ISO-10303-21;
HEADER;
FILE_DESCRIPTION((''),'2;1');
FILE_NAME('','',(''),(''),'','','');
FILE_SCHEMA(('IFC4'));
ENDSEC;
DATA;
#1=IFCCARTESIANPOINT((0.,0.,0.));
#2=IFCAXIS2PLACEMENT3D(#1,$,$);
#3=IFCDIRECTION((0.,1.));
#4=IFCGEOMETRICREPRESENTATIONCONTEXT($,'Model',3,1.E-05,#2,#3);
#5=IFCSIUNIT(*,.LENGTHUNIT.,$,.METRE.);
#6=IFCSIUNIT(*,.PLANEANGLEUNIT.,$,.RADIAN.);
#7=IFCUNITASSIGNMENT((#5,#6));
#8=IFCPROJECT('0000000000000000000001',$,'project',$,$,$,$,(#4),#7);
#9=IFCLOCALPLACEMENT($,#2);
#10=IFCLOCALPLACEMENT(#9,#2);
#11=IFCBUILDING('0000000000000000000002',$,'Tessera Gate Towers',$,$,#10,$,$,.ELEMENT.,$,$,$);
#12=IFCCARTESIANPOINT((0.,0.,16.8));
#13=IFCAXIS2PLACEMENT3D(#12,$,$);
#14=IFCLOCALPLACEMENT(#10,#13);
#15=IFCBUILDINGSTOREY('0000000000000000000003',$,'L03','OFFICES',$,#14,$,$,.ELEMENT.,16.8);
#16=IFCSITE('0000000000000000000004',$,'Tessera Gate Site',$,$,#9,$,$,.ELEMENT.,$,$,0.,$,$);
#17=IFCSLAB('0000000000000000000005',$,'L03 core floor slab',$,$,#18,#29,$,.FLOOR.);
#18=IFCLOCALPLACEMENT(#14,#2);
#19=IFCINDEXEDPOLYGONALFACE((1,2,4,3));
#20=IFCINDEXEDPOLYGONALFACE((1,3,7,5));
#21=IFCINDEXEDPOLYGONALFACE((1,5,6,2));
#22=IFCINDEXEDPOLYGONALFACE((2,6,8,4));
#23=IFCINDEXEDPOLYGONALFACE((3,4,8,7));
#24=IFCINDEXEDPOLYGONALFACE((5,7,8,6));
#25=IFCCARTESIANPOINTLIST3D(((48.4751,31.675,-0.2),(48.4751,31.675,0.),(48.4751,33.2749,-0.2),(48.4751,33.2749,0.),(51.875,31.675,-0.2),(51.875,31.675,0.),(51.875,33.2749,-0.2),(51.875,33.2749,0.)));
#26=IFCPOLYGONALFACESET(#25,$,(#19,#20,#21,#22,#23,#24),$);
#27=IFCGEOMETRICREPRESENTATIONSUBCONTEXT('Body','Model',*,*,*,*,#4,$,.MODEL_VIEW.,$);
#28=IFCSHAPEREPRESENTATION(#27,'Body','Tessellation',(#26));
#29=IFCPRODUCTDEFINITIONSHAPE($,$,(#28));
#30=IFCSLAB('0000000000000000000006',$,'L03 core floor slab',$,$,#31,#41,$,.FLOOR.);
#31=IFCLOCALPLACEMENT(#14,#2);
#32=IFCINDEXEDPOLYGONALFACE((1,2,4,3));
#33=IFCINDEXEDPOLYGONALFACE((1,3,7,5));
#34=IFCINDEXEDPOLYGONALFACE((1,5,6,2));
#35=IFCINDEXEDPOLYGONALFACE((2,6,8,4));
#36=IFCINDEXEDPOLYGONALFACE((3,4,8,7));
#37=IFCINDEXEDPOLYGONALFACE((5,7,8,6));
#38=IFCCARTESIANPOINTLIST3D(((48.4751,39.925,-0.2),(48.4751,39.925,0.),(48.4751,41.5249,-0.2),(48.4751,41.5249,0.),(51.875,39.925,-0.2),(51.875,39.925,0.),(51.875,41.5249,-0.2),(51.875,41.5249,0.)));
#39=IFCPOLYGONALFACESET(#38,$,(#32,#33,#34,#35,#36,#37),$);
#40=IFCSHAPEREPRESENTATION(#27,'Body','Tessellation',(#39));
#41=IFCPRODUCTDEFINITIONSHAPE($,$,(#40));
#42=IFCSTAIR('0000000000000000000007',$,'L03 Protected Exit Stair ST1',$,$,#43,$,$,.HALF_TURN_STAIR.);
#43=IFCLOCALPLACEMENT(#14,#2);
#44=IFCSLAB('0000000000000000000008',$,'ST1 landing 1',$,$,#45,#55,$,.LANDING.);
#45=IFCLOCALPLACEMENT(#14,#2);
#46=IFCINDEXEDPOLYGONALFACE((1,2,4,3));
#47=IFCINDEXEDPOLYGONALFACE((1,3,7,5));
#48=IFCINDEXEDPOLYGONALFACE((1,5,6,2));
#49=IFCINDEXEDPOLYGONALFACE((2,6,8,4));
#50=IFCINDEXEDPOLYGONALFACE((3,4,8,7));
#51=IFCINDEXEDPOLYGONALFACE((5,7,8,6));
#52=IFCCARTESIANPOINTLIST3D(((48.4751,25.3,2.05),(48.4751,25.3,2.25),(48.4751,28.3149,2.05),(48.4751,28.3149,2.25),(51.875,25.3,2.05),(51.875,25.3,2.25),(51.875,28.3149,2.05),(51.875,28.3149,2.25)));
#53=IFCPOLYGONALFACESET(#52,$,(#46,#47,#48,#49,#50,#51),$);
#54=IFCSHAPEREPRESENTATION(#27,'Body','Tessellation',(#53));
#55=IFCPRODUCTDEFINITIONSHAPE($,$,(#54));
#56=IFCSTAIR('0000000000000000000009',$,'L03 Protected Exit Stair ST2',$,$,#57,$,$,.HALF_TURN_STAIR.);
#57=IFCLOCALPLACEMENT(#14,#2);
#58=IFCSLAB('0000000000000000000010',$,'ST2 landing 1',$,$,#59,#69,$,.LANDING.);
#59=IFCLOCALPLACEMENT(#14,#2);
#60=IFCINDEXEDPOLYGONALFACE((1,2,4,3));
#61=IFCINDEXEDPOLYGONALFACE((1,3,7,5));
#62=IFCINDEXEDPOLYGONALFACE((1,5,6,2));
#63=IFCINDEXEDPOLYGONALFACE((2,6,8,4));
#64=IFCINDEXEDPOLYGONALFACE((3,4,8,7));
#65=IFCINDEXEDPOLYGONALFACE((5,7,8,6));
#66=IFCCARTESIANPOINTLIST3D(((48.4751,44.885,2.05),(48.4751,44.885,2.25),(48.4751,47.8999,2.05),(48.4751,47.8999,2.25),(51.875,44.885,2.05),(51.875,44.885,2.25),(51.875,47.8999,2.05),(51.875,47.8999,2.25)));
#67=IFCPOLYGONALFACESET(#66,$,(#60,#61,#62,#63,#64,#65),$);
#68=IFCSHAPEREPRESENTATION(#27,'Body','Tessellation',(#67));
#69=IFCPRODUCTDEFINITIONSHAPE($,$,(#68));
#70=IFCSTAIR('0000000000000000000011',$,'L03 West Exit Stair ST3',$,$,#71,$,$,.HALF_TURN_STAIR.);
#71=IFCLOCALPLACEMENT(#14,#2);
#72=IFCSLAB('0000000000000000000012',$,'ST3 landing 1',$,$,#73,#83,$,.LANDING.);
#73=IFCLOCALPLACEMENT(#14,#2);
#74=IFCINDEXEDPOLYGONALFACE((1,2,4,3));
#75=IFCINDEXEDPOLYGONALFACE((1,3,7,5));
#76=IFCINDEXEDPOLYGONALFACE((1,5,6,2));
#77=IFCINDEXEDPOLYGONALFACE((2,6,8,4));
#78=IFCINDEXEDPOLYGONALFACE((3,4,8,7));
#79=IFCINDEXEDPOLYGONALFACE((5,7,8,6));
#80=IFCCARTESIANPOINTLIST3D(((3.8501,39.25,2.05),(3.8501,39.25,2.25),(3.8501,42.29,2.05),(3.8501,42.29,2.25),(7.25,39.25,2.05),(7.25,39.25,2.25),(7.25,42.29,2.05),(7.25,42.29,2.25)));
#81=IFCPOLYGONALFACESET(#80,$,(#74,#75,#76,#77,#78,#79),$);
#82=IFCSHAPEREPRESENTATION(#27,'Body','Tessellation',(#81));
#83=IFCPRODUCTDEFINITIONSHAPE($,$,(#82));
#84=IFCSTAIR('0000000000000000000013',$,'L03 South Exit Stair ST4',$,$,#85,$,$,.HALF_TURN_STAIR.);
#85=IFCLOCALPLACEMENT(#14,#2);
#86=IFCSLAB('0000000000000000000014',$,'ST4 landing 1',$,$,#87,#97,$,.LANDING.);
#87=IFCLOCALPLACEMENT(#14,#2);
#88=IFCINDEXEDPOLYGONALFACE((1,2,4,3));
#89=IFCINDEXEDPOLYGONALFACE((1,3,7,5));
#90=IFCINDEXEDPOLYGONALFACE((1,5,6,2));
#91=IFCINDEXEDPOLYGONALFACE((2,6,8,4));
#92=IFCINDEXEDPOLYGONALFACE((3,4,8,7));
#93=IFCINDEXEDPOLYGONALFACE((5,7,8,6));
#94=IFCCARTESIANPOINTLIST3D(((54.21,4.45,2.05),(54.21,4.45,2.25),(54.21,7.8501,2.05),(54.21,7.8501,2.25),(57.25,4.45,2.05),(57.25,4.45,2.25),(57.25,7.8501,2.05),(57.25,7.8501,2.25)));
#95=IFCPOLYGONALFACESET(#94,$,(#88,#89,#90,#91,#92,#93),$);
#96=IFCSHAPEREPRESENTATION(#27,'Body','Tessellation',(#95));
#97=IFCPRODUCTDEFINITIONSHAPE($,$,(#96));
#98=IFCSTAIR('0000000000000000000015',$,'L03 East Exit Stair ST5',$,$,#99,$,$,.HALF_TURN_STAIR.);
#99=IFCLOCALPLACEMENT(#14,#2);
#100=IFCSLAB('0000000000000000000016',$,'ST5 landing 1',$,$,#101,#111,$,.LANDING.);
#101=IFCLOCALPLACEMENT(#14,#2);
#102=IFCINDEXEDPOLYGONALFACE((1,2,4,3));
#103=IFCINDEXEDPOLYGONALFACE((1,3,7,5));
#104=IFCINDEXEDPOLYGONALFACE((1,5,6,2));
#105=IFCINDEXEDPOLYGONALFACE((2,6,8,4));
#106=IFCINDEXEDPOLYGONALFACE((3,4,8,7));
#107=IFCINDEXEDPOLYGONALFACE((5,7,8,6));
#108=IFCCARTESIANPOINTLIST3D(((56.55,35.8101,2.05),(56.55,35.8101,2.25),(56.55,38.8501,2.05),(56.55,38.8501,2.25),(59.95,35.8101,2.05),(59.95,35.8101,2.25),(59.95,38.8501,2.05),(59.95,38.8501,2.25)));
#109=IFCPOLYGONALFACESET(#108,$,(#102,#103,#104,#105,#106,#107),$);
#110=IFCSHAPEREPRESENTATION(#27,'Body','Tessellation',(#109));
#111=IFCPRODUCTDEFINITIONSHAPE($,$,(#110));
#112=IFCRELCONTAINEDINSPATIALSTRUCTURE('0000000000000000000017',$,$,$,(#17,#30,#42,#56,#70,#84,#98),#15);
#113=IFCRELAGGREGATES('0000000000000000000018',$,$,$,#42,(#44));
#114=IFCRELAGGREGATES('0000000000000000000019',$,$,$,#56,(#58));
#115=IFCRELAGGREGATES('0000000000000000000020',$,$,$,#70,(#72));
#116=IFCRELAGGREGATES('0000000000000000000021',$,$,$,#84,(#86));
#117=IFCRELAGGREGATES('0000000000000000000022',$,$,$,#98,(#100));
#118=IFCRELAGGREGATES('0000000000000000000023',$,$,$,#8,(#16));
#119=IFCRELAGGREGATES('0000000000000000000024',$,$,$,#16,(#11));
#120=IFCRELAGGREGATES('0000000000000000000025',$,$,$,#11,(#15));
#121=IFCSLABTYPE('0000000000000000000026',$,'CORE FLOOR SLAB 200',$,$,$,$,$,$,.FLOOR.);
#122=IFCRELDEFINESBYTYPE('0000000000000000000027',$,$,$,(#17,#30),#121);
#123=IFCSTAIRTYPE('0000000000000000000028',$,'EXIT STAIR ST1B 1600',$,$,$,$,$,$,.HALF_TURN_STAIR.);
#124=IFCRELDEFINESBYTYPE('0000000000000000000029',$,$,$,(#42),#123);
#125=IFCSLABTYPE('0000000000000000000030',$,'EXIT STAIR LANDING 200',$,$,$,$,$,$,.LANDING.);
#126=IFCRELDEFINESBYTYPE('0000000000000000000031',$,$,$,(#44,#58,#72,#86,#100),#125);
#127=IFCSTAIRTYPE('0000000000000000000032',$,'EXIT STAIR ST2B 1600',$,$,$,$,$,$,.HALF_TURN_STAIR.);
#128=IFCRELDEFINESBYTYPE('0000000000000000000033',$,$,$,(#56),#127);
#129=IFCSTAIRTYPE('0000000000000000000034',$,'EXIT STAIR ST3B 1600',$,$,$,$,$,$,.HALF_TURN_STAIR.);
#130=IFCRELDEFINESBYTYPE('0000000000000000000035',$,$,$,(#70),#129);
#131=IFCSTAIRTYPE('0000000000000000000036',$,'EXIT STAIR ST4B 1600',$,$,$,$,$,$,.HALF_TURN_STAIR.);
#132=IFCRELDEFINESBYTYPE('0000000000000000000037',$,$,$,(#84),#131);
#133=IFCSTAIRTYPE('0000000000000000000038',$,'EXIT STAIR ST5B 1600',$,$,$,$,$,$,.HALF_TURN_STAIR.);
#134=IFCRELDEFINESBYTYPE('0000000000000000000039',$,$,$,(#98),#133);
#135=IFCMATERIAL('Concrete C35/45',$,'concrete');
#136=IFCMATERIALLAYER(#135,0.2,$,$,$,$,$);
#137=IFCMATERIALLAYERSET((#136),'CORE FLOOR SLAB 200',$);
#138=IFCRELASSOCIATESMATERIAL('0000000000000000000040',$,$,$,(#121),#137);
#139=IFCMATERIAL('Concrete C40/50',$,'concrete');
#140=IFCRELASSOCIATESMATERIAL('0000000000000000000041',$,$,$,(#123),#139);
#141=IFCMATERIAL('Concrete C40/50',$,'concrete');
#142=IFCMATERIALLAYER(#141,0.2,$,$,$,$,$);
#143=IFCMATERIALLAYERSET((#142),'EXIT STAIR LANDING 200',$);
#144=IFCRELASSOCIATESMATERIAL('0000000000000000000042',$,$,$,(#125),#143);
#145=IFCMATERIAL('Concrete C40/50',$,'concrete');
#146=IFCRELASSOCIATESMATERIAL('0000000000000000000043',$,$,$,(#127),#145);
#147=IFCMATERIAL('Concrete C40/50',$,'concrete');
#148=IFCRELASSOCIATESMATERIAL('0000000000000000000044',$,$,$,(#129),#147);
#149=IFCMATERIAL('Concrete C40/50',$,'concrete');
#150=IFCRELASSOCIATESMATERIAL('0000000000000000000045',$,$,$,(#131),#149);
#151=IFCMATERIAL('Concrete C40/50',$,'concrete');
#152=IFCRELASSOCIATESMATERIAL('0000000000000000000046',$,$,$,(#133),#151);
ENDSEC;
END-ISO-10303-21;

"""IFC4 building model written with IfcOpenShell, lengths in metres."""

from ifc_helpers import new_model, si_unit, direction, frame, origin, place, context, subcontext, project, spatial, polyline, outline, extrude, material, layer, layer_set, type_object, element, aggregate, save


model = new_model("IFC4")

# Units and contexts
model_context = context("Model", 3, precision=1e-05, world=origin(), true_north=direction((0.0, 1.0)))
body_context = subcontext(model_context, "Body", "Model", "MODEL_VIEW")
ifc_project = project(units=[si_unit("LENGTHUNIT", "METRE"), si_unit("PLANEANGLEUNIT", "RADIAN")], contexts=[model_context])

# Site, building, storey
site_placement = place(None, origin())
site = spatial("IfcSite", under=ifc_project, at=site_placement, Name="Tessera Gate Site", CompositionType="ELEMENT", RefElevation=0.0)
building_placement = place(site_placement, origin())
building = spatial("IfcBuilding", under=site, at=building_placement, Name="Tessera Gate Towers", CompositionType="ELEMENT")
storey_placement = place(building_placement, frame((0.0, 0.0, 16.8)))
storey = spatial("IfcBuildingStorey", under=building, at=storey_placement, Name="L03", Description="OFFICES", CompositionType="ELEMENT", Elevation=16.8)

# Slabs
ifc_material_1 = material(Name="Concrete C35/45", Category="concrete")
ifc_layer_1 = layer(ifc_material_1, 0.2)
ifc_layer_set_1 = layer_set([ifc_layer_1], Name="CORE FLOOR SLAB 200")
slab_type_1 = type_object("IfcSlabType", Name="CORE FLOOR SLAB 200", PredefinedType="FLOOR", material=ifc_layer_set_1)
slab_1_placement = place(storey_placement, frame((0.0, 0.0, -0.2)))
element("IfcSlab", 1, at=slab_1_placement, inside=storey, type_object=slab_type_1, Name="L03 core floor slab", PredefinedType="FLOOR", context=body_context, shape_type="SweptSolid", body=[
    extrude(outline(polyline([(51.875, 31.675), (51.875, 33.2749), (48.4751, 33.2749), (48.4751, 31.675), (51.875, 31.675)])), origin(), (0.0, 0.0, 1.0), 0.2),
])
slab_2_placement = place(storey_placement, frame((0.0, 0.0, -0.2)))
element("IfcSlab", 2, at=slab_2_placement, inside=storey, type_object=slab_type_1, Name="L03 core floor slab", PredefinedType="FLOOR", context=body_context, shape_type="SweptSolid", body=[
    extrude(outline(polyline([(48.4751, 41.5249), (48.4751, 39.925), (51.875, 39.925), (51.875, 41.5249), (48.4751, 41.5249)])), origin(), (0.0, 0.0, 1.0), 0.2),
])

# Stairs, slabs
ifc_material_2 = material(Name="Concrete C40/50", Category="concrete")
stair_type_1 = type_object("IfcStairType", Name="EXIT STAIR ST1B 1600", PredefinedType="HALF_TURN_STAIR", material=ifc_material_2)
stair_1_placement = place(storey_placement, origin())
stair_1 = element("IfcStair", 3, at=stair_1_placement, inside=storey, type_object=stair_type_1, Name="L03 Protected Exit Stair ST1", PredefinedType="HALF_TURN_STAIR")
ifc_material_3 = material(Name="Concrete C40/50", Category="concrete")
ifc_layer_2 = layer(ifc_material_3, 0.2)
ifc_layer_set_2 = layer_set([ifc_layer_2], Name="EXIT STAIR LANDING 200")
slab_type_2 = type_object("IfcSlabType", Name="EXIT STAIR LANDING 200", PredefinedType="LANDING", material=ifc_layer_set_2)
slab_3_placement = place(storey_placement, frame((0.0, 0.0, 2.05)))
slab_3 = element("IfcSlab", 4, at=slab_3_placement, type_object=slab_type_2, Name="ST1 landing 1", PredefinedType="LANDING", context=body_context, shape_type="SweptSolid", body=[
    extrude(outline(polyline([(48.4751, 28.3149), (48.4751, 25.3), (51.875, 25.3), (51.875, 28.3149), (48.4751, 28.3149)])), origin(), (0.0, 0.0, 1.0), 0.2),
])
aggregate(stair_1, [slab_3])
ifc_material_4 = material(Name="Concrete C40/50", Category="concrete")
stair_type_2 = type_object("IfcStairType", Name="EXIT STAIR ST2B 1600", PredefinedType="HALF_TURN_STAIR", material=ifc_material_4)
stair_2_placement = place(storey_placement, origin())
stair_2 = element("IfcStair", 5, at=stair_2_placement, inside=storey, type_object=stair_type_2, Name="L03 Protected Exit Stair ST2", PredefinedType="HALF_TURN_STAIR")
slab_4_placement = place(storey_placement, frame((0.0, 0.0, 2.05)))
slab_4 = element("IfcSlab", 6, at=slab_4_placement, type_object=slab_type_2, Name="ST2 landing 1", PredefinedType="LANDING", context=body_context, shape_type="SweptSolid", body=[
    extrude(outline(polyline([(51.875, 44.885), (51.875, 47.8999), (48.4751, 47.8999), (48.4751, 44.885), (51.875, 44.885)])), origin(), (0.0, 0.0, 1.0), 0.2),
])
aggregate(stair_2, [slab_4])
ifc_material_5 = material(Name="Concrete C40/50", Category="concrete")
stair_type_3 = type_object("IfcStairType", Name="EXIT STAIR ST3B 1600", PredefinedType="HALF_TURN_STAIR", material=ifc_material_5)
stair_3_placement = place(storey_placement, origin())
stair_3 = element("IfcStair", 7, at=stair_3_placement, inside=storey, type_object=stair_type_3, Name="L03 West Exit Stair ST3", PredefinedType="HALF_TURN_STAIR")
slab_5_placement = place(storey_placement, frame((0.0, 0.0, 2.05)))
slab_5 = element("IfcSlab", 8, at=slab_5_placement, type_object=slab_type_2, Name="ST3 landing 1", PredefinedType="LANDING", context=body_context, shape_type="SweptSolid", body=[
    extrude(outline(polyline([(3.8501, 42.29), (3.8501, 39.25), (7.25, 39.25), (7.25, 42.29), (3.8501, 42.29)])), origin(), (0.0, 0.0, 1.0), 0.2),
])
aggregate(stair_3, [slab_5])
ifc_material_6 = material(Name="Concrete C40/50", Category="concrete")
stair_type_4 = type_object("IfcStairType", Name="EXIT STAIR ST4B 1600", PredefinedType="HALF_TURN_STAIR", material=ifc_material_6)
stair_4_placement = place(storey_placement, origin())
stair_4 = element("IfcStair", 9, at=stair_4_placement, inside=storey, type_object=stair_type_4, Name="L03 South Exit Stair ST4", PredefinedType="HALF_TURN_STAIR")
slab_6_placement = place(storey_placement, frame((0.0, 0.0, 2.05)))
slab_6 = element("IfcSlab", 10, at=slab_6_placement, type_object=slab_type_2, Name="ST4 landing 1", PredefinedType="LANDING", context=body_context, shape_type="SweptSolid", body=[
    extrude(outline(polyline([(54.21, 4.45), (57.25, 4.45), (57.25, 7.8501), (54.21, 7.8501), (54.21, 4.45)])), origin(), (0.0, 0.0, 1.0), 0.2),
])
aggregate(stair_4, [slab_6])
ifc_material_7 = material(Name="Concrete C40/50", Category="concrete")
stair_type_5 = type_object("IfcStairType", Name="EXIT STAIR ST5B 1600", PredefinedType="HALF_TURN_STAIR", material=ifc_material_7)
stair_5_placement = place(storey_placement, origin())
stair_5 = element("IfcStair", 11, at=stair_5_placement, inside=storey, type_object=stair_type_5, Name="L03 East Exit Stair ST5", PredefinedType="HALF_TURN_STAIR")
slab_7_placement = place(storey_placement, frame((0.0, 0.0, 2.05)))
slab_7 = element("IfcSlab", 12, at=slab_7_placement, type_object=slab_type_2, Name="ST5 landing 1", PredefinedType="LANDING", context=body_context, shape_type="SweptSolid", body=[
    extrude(outline(polyline([(59.95, 35.8101), (59.95, 38.8501), (56.55, 38.8501), (56.55, 35.8101), (59.95, 35.8101)])), origin(), (0.0, 0.0, 1.0), 0.2),
])
aggregate(stair_5, [slab_7])

save(model, "model.ifc")
